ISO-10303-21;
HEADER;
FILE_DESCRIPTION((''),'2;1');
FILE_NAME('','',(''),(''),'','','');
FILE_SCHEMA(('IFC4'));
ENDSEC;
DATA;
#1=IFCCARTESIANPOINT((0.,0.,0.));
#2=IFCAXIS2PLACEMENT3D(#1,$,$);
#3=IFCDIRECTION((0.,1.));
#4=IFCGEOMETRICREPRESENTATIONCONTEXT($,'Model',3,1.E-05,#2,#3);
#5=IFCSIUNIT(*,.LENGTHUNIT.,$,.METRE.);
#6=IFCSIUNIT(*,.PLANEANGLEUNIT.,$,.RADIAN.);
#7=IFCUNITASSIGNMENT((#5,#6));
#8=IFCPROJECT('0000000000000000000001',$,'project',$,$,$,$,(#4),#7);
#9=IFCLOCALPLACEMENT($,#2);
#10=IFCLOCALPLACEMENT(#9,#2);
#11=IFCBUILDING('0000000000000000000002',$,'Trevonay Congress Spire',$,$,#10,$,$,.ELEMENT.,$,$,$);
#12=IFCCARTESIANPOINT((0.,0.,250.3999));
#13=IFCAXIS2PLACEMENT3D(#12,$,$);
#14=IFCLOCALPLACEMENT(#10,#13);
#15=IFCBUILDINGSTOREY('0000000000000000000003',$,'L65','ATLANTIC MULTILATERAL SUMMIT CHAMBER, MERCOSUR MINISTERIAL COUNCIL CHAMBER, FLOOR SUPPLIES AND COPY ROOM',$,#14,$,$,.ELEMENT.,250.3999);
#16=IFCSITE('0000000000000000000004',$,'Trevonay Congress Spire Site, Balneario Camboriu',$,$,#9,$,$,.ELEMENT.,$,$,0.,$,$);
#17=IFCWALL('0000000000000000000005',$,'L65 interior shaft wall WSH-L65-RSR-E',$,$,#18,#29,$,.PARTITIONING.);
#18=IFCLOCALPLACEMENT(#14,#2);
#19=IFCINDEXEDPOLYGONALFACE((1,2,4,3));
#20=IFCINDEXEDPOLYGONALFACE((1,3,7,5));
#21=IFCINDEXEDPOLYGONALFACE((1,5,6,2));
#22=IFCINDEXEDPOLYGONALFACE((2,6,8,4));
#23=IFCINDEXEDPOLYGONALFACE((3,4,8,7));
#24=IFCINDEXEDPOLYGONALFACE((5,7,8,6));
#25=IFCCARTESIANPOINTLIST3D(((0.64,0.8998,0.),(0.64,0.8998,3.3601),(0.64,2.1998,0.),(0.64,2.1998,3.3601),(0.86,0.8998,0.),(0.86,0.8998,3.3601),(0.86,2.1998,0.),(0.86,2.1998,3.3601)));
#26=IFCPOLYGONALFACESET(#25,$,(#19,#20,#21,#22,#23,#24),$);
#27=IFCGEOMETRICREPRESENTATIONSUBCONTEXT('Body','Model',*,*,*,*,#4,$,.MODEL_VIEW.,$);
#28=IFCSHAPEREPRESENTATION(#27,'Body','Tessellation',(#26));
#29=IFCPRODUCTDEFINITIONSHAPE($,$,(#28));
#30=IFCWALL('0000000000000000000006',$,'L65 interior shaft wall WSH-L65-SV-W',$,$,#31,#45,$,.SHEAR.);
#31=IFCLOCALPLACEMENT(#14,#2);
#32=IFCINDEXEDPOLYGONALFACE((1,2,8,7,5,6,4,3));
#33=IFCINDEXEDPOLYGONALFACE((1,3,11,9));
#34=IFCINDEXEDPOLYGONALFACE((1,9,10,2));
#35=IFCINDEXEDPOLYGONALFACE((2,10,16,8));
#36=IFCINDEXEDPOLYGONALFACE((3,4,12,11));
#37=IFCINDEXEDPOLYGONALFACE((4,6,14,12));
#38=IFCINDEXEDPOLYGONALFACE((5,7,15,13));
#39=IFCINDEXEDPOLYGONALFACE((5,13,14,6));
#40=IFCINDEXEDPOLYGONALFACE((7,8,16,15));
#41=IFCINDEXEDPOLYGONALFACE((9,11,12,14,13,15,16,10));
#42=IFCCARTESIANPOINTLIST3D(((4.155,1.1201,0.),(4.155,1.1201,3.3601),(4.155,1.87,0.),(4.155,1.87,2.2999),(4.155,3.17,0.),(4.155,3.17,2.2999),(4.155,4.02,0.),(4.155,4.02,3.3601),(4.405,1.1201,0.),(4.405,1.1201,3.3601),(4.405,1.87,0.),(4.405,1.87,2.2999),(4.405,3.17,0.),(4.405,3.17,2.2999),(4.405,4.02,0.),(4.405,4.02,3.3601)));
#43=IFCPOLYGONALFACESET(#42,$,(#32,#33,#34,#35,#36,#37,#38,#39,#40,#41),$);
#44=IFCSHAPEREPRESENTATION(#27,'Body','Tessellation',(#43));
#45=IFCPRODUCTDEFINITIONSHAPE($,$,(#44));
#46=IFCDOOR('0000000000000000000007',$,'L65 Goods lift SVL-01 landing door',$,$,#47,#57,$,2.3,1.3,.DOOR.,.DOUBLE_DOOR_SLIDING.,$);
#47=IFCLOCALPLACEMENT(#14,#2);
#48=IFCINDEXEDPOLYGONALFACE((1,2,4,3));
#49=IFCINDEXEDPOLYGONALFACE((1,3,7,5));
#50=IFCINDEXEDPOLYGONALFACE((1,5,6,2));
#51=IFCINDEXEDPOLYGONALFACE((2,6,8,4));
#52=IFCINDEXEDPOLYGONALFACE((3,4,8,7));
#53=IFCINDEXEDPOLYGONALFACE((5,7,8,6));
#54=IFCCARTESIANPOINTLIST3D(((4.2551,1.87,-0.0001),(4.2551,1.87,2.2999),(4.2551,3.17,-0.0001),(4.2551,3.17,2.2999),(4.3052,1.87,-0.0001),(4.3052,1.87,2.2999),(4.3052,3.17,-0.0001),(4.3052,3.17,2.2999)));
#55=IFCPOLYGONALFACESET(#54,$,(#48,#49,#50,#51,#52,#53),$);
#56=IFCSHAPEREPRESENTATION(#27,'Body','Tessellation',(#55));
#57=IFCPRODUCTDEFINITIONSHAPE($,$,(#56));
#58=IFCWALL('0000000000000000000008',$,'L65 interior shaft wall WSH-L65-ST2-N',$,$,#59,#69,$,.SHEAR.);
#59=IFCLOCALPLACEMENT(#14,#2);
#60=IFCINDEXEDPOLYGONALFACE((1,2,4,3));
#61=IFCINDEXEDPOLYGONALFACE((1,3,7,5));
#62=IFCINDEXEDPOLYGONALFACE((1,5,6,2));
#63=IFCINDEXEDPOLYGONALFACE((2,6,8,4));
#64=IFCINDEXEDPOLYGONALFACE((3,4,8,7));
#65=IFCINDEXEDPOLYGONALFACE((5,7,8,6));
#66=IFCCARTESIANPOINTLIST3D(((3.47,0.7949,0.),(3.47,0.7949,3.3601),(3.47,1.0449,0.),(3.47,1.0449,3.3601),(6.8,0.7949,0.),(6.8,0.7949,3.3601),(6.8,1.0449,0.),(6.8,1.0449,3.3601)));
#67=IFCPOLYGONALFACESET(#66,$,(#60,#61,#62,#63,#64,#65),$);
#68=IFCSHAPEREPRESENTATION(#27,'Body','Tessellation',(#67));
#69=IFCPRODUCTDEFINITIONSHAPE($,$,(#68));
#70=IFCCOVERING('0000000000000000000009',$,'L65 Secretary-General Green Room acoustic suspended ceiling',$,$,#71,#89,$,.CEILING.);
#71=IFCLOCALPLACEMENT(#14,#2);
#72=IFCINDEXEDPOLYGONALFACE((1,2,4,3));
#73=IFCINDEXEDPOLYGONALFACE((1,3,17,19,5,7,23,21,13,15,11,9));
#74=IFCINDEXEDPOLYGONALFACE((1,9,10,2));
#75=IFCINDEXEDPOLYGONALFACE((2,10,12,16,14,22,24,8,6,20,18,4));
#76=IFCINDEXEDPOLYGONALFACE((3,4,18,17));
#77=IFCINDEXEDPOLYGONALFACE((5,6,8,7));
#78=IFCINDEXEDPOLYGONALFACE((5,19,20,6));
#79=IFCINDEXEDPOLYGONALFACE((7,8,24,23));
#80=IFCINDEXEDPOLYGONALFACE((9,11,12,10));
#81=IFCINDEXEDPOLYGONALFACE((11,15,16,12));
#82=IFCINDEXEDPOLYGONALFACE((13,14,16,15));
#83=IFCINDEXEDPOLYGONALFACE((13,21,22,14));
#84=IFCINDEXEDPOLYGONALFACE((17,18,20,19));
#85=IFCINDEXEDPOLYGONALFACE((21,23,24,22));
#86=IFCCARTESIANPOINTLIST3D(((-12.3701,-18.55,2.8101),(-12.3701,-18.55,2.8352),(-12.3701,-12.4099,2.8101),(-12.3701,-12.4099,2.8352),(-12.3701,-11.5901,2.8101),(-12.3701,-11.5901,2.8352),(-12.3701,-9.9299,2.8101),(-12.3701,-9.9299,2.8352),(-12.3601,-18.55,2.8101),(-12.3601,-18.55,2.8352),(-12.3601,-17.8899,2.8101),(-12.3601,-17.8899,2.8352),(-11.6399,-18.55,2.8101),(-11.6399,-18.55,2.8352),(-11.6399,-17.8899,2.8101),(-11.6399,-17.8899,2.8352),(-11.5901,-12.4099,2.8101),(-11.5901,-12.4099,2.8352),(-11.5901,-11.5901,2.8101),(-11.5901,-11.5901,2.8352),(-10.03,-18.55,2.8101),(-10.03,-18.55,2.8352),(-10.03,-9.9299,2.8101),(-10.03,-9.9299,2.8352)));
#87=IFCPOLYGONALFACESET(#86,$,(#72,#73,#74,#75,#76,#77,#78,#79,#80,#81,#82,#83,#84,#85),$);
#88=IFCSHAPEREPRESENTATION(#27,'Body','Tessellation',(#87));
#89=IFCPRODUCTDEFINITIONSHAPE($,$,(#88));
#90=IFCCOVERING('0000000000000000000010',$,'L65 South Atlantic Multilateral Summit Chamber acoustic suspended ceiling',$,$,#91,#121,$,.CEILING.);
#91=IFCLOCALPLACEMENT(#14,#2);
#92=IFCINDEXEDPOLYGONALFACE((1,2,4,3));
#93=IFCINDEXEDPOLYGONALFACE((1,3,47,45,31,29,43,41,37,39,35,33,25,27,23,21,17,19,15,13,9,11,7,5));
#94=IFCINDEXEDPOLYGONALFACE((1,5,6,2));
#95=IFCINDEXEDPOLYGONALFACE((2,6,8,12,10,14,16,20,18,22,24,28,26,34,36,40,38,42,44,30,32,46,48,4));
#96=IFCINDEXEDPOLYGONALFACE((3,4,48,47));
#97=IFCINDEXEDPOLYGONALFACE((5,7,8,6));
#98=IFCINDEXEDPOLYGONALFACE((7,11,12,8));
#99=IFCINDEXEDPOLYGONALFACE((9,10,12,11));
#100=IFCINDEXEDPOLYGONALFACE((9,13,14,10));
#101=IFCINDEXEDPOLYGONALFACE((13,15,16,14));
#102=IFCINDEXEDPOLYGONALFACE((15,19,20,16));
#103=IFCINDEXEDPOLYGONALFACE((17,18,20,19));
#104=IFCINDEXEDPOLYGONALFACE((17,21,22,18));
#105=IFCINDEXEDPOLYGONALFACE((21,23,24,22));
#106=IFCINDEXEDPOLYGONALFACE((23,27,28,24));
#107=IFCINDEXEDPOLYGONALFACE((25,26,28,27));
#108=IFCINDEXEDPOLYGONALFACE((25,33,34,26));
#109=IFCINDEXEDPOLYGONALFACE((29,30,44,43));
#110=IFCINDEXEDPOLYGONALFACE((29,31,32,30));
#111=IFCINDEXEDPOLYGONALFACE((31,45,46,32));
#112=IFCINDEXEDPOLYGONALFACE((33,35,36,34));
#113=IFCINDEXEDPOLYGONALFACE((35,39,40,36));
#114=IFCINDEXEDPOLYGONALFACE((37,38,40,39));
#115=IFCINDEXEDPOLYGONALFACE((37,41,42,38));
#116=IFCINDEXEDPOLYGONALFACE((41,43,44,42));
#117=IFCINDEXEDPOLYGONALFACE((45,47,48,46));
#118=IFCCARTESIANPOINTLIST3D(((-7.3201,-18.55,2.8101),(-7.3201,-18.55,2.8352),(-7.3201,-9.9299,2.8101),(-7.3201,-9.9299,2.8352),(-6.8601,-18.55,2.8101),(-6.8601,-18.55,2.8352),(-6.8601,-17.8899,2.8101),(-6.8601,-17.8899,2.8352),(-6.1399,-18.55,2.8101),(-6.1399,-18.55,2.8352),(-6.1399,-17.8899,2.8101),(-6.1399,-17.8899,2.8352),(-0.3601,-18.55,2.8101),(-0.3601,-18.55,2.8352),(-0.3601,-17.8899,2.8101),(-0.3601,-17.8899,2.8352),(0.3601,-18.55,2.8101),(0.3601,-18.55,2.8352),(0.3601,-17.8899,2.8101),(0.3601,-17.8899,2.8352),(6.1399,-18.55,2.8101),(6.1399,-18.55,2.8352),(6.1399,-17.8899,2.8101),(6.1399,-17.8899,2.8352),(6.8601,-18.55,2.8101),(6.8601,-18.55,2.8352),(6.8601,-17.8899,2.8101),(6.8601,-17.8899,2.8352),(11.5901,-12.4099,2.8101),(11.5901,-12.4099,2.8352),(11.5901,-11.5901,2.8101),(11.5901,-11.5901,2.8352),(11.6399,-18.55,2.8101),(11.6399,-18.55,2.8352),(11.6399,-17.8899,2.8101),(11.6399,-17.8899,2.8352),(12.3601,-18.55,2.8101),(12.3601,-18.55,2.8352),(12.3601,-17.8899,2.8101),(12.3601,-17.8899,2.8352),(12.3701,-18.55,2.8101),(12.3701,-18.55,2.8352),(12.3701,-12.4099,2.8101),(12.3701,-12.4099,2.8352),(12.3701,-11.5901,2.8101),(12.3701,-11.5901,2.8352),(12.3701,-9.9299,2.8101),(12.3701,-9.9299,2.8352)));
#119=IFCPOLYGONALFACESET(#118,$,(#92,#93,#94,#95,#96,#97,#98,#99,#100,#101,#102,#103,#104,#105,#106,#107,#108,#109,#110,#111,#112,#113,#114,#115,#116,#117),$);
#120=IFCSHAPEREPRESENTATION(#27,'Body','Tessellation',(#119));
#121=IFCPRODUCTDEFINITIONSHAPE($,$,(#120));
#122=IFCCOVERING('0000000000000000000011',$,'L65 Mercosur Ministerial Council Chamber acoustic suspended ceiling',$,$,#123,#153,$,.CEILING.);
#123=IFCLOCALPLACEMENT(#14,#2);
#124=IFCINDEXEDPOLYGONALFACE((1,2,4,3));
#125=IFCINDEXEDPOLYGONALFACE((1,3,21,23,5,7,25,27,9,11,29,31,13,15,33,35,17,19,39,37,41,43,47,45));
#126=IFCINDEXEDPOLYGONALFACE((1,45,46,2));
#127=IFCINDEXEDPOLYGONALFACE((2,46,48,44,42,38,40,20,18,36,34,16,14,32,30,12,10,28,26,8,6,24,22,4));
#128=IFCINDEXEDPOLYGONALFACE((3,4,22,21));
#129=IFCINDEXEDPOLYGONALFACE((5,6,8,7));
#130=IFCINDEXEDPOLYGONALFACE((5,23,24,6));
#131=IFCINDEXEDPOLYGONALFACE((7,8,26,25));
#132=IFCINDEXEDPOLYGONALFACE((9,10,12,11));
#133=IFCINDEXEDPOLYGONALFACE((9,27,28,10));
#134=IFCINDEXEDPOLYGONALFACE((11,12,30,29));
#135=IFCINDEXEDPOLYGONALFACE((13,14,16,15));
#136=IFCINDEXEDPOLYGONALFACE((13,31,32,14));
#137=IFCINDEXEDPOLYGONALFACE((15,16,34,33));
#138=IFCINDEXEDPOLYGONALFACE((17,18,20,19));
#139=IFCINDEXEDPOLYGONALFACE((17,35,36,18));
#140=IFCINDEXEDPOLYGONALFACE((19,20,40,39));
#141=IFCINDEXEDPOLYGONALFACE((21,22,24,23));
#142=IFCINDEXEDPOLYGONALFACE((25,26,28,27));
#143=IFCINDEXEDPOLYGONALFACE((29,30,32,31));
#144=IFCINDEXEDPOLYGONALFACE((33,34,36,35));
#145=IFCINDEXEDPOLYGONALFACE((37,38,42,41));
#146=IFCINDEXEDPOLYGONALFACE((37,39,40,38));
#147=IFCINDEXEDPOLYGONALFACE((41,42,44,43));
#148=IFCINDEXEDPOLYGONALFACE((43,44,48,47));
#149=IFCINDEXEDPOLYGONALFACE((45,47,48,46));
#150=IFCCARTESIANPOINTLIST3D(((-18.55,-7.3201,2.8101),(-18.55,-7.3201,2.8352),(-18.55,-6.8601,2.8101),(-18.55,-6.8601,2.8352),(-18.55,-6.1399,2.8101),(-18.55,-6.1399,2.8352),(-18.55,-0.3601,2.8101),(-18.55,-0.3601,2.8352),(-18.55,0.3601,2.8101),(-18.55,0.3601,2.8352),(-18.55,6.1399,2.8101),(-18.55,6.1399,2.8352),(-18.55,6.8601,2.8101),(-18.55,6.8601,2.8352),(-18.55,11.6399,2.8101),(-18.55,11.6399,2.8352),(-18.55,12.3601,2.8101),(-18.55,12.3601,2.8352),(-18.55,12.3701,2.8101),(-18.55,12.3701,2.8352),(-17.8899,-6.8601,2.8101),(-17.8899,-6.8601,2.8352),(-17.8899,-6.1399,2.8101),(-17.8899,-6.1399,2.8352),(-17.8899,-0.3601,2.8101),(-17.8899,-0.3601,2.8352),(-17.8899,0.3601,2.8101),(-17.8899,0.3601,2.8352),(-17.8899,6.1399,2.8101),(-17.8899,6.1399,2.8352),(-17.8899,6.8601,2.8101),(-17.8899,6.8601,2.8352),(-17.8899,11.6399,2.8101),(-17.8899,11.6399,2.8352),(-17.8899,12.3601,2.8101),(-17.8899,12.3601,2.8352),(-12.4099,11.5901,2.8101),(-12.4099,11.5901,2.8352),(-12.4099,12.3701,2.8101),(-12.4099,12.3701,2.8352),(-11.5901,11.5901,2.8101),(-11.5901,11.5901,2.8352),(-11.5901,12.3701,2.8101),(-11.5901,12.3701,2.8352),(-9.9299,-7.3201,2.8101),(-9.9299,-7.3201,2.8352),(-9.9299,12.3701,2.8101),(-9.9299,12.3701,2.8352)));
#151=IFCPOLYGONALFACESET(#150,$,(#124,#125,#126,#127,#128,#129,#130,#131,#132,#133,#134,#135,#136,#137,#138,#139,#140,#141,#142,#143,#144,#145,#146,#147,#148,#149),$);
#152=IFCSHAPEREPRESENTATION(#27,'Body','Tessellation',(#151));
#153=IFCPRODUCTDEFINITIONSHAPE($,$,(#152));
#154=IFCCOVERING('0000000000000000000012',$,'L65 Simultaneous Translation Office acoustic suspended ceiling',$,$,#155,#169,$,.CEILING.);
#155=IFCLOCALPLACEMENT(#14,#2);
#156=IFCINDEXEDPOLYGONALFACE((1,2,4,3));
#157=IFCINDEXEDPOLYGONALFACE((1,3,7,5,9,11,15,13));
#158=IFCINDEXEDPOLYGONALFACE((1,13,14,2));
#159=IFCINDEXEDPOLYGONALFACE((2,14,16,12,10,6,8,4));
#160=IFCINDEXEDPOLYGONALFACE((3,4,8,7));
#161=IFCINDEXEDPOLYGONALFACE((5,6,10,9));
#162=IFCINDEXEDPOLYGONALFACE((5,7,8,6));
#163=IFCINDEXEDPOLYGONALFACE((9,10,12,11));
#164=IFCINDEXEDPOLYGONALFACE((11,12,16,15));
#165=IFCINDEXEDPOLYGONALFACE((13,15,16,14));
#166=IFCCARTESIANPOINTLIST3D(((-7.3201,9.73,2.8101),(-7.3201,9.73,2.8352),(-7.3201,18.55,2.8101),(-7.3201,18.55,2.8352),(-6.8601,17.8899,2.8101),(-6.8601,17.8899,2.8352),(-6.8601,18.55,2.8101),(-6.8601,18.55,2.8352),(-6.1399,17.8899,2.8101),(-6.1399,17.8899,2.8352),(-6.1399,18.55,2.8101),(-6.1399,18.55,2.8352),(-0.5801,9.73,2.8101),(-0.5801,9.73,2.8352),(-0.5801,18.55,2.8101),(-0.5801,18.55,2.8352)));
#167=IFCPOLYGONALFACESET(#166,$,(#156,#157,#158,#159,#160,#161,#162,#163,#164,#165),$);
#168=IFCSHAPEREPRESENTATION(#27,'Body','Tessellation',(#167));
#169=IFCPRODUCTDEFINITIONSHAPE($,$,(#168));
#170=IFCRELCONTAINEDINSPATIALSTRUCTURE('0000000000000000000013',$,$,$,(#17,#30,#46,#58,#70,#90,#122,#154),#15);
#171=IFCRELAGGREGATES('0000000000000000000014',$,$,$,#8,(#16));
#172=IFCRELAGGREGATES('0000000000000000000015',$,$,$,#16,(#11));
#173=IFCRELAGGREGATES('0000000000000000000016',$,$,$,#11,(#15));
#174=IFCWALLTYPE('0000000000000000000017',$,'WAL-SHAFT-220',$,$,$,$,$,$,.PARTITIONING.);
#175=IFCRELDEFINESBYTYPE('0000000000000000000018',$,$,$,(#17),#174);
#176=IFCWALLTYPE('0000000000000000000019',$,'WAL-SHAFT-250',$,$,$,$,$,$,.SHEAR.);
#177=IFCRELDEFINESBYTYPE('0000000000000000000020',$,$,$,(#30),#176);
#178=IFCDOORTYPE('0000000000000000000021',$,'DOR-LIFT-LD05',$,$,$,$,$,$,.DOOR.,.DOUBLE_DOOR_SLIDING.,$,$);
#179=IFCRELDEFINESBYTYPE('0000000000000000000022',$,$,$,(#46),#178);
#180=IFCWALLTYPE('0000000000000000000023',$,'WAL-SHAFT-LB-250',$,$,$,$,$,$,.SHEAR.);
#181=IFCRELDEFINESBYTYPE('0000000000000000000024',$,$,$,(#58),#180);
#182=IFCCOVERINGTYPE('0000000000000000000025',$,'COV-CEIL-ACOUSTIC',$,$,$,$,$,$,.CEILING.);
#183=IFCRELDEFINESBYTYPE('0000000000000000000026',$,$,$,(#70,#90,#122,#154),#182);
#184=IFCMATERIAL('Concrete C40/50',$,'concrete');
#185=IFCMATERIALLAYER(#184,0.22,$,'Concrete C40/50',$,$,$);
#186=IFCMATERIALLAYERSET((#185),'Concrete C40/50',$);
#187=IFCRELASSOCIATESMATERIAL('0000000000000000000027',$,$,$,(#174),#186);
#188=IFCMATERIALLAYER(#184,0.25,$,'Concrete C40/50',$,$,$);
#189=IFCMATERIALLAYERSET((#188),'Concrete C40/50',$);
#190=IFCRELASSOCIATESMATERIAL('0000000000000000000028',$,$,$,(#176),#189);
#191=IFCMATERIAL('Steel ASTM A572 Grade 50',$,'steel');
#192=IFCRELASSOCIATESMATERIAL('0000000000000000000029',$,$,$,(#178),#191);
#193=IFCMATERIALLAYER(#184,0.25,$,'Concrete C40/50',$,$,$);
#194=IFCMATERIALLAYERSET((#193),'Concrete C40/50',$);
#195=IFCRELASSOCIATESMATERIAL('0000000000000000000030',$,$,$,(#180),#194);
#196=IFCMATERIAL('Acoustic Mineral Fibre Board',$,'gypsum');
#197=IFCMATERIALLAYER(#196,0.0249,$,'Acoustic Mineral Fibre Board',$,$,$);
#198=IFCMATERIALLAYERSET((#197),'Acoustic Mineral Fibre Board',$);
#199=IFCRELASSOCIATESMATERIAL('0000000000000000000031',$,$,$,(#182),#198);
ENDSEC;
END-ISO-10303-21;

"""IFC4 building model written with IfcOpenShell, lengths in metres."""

from ifc_helpers import new_model, si_unit, direction, frame, frame_2d, origin, place, context, subcontext, project, spatial, polyline, rectangle, outline, extrude, material, layer, layer_set, type_object, element, fill, save


model = new_model("IFC4")

# Units and contexts
model_context = context("Model", 3, precision=1e-05, world=origin(), true_north=direction((0.0, 1.0)))
body_context = subcontext(model_context, "Body", "Model", "MODEL_VIEW")
ifc_project = project(units=[si_unit("LENGTHUNIT", "METRE"), si_unit("PLANEANGLEUNIT", "RADIAN")], contexts=[model_context])

# Site, building, storey
site_placement = place(None, origin())
site = spatial("IfcSite", under=ifc_project, at=site_placement, Name="Trevonay Congress Spire Site, Balneario Camboriu", CompositionType="ELEMENT", RefElevation=0.0)
building_placement = place(site_placement, origin())
building = spatial("IfcBuilding", under=site, at=building_placement, Name="Trevonay Congress Spire", CompositionType="ELEMENT")
storey_placement = place(building_placement, frame((0.0, 0.0, 250.3999)))
storey = spatial("IfcBuildingStorey", under=building, at=storey_placement, Name="L65", Description="ATLANTIC MULTILATERAL SUMMIT CHAMBER, MERCOSUR MINISTERIAL COUNCIL CHAMBER, FLOOR SUPPLIES AND COPY ROOM", CompositionType="ELEMENT", Elevation=250.3999)

# Wall
ifc_material_1 = material(Name="Concrete C40/50", Category="concrete")
ifc_layer_1 = layer(ifc_material_1, 0.22, Name="Concrete C40/50")
ifc_layer_set_1 = layer_set([ifc_layer_1], Name="Concrete C40/50")
wall_type_1 = type_object("IfcWallType", Name="WAL-SHAFT-220", PredefinedType="PARTITIONING", material=ifc_layer_set_1)
wall_1_placement = place(storey_placement, frame((0.75, 0.8999, 0.0), z_axis=(0.0, 0.0, 1.0), x_axis=(0.0, 1.0, 0.0)))
element("IfcWall", 1, at=wall_1_placement, inside=storey, type_object=wall_type_1, Name="L65 interior shaft wall WSH-L65-RSR-E", PredefinedType="PARTITIONING", context=body_context, shape_type="SweptSolid", body=[
    extrude(rectangle(XDim=1.3, YDim=0.22, at=frame_2d((0.6499, 0.0))), origin(), (0.0, 0.0, 1.0), 3.3601),
])

# Wall, opening, door
ifc_layer_2 = layer(ifc_material_1, 0.25, Name="Concrete C40/50")
ifc_layer_set_2 = layer_set([ifc_layer_2], Name="Concrete C40/50")
wall_type_2 = type_object("IfcWallType", Name="WAL-SHAFT-250", PredefinedType="SHEAR", material=ifc_layer_set_2)
wall_2_placement = place(storey_placement, frame((4.28, 1.1201, 0.0), z_axis=(0.0, 0.0, 1.0), x_axis=(0.0, 1.0, 0.0)))
wall_2 = element("IfcWall", 2, at=wall_2_placement, inside=storey, type_object=wall_type_2, Name="L65 interior shaft wall WSH-L65-SV-W", PredefinedType="SHEAR", context=body_context, shape_type="SweptSolid", body=[
    extrude(rectangle(XDim=2.8999, YDim=0.25, at=frame_2d((1.45, 0.0))), origin(), (0.0, 0.0, 1.0), 3.3601),
])
opening_placement = place(wall_2_placement, frame((0.75, 0.0, 0.0)))
opening = element("IfcOpeningElement", 3, at=opening_placement, cuts=wall_2, PredefinedType="OPENING", context=body_context, shape_type="SweptSolid", body=[
    extrude(rectangle(XDim=1.3, YDim=2.3, at=frame_2d((0.6499, 1.1499))), frame((0.0, 0.135, 0.0), z_axis=(0.0, -1.0, 0.0), x_axis=(1.0, 0.0, 0.0)), (0.0, 0.0, 1.0), 0.27),
])
ifc_material_2 = material(Name="Steel ASTM A572 Grade 50", Category="steel")
door_type = type_object("IfcDoorType", Name="DOR-LIFT-LD05", OperationType="DOUBLE_DOOR_SLIDING", PredefinedType="DOOR", material=ifc_material_2)
door_placement = place(opening_placement, origin())
door = element("IfcDoor", 4, at=door_placement, inside=storey, type_object=door_type, Name="L65 Goods lift SVL-01 landing door", OperationType="DOUBLE_DOOR_SLIDING", OverallHeight=2.3, OverallWidth=1.3, PredefinedType="DOOR", context=body_context, shape_type="SweptSolid", body=[
    extrude(rectangle(XDim=1.3, YDim=2.3, at=frame_2d((0.6499, 1.1499))), frame((0.0, 0.0249, 0.0), z_axis=(0.0, -1.0, 0.0), x_axis=(1.0, 0.0, 0.0)), (0.0, 0.0, 1.0), 0.05),
])
fill(opening, door)

# Wall
ifc_layer_3 = layer(ifc_material_1, 0.25, Name="Concrete C40/50")
ifc_layer_set_3 = layer_set([ifc_layer_3], Name="Concrete C40/50")
wall_type_3 = type_object("IfcWallType", Name="WAL-SHAFT-LB-250", PredefinedType="SHEAR", material=ifc_layer_set_3)
wall_3_placement = place(storey_placement, frame((3.47, 0.9199, 0.0), z_axis=(0.0, 0.0, 1.0), x_axis=(1.0, 0.0, 0.0)))
element("IfcWall", 5, at=wall_3_placement, inside=storey, type_object=wall_type_3, Name="L65 interior shaft wall WSH-L65-ST2-N", PredefinedType="SHEAR", context=body_context, shape_type="SweptSolid", body=[
    extrude(rectangle(XDim=3.3301, YDim=0.25, at=frame_2d((1.665, 0.0))), origin(), (0.0, 0.0, 1.0), 3.3601),
])

# Coverings
ifc_material_3 = material(Name="Acoustic Mineral Fibre Board", Category="gypsum")
ifc_layer_4 = layer(ifc_material_3, 0.0249, Name="Acoustic Mineral Fibre Board")
ifc_layer_set_4 = layer_set([ifc_layer_4], Name="Acoustic Mineral Fibre Board")
covering_type_1 = type_object("IfcCoveringType", Name="COV-CEIL-ACOUSTIC", PredefinedType="CEILING", material=ifc_layer_set_4)
covering_1_placement = place(storey_placement, frame((0.0, 0.0, 2.8101)))
element("IfcCovering", 6, at=covering_1_placement, inside=storey, type_object=covering_type_1, Name="L65 Secretary-General Green Room acoustic suspended ceiling", PredefinedType="CEILING", context=body_context, shape_type="SweptSolid", body=[
    extrude(outline(polyline([(-12.3701, -18.55), (-12.3701, -12.4099), (-11.5901, -12.4099), (-11.5901, -11.5901), (-12.3701, -11.5901), (-12.3701, -9.9299), (-10.03, -9.9299), (-10.03, -18.55), (-11.6399, -18.55), (-11.6399, -17.8899), (-12.3601, -17.8899), (-12.3601, -18.55), (-12.3701, -18.55)])), origin(), (0.0, 0.0, 1.0), 0.0251),
])
covering_2_placement = place(storey_placement, frame((0.0, 0.0, 2.8101)))
element("IfcCovering", 7, at=covering_2_placement, inside=storey, type_object=covering_type_1, Name="L65 South Atlantic Multilateral Summit Chamber acoustic suspended ceiling", PredefinedType="CEILING", context=body_context, shape_type="SweptSolid", body=[
    extrude(outline(polyline([(-7.3201, -18.55), (-7.3201, -9.9299), (12.3701, -9.9299), (12.3701, -11.5901), (11.5901, -11.5901), (11.5901, -12.4099), (12.3701, -12.4099), (12.3701, -18.55), (12.3601, -18.55), (12.3601, -17.8899), (11.6399, -17.8899), (11.6399, -18.55), (6.8601, -18.55), (6.8601, -17.8899), (6.1399, -17.8899), (6.1399, -18.55), (0.3601, -18.55), (0.3601, -17.8899), (-0.3601, -17.8899), (-0.3601, -18.55), (-6.1399, -18.55), (-6.1399, -17.8899), (-6.8601, -17.8899), (-6.8601, -18.55), (-7.3201, -18.55)])), origin(), (0.0, 0.0, 1.0), 0.0251),
])
covering_3_placement = place(storey_placement, frame((0.0, 0.0, 2.8101)))
element("IfcCovering", 8, at=covering_3_placement, inside=storey, type_object=covering_type_1, Name="L65 Mercosur Ministerial Council Chamber acoustic suspended ceiling", PredefinedType="CEILING", context=body_context, shape_type="SweptSolid", body=[
    extrude(outline(polyline([(-9.9299, 12.3701), (-9.9299, -7.3201), (-18.55, -7.3201), (-18.55, -6.8601), (-17.8899, -6.8601), (-17.8899, -6.1399), (-18.55, -6.1399), (-18.55, -0.3601), (-17.8899, -0.3601), (-17.8899, 0.3601), (-18.55, 0.3601), (-18.55, 6.1399), (-17.8899, 6.1399), (-17.8899, 6.8601), (-18.55, 6.8601), (-18.55, 11.6399), (-17.8899, 11.6399), (-17.8899, 12.3601), (-18.55, 12.3601), (-18.55, 12.3701), (-12.4099, 12.3701), (-12.4099, 11.5901), (-11.5901, 11.5901), (-11.5901, 12.3701), (-9.9299, 12.3701)])), origin(), (0.0, 0.0, 1.0), 0.0251),
])
covering_4_placement = place(storey_placement, frame((0.0, 0.0, 2.8101)))
element("IfcCovering", 9, at=covering_4_placement, inside=storey, type_object=covering_type_1, Name="L65 Simultaneous Translation Office acoustic suspended ceiling", PredefinedType="CEILING", context=body_context, shape_type="SweptSolid", body=[
    extrude(outline(polyline([(-0.5801, 18.55), (-0.5801, 9.73), (-7.3201, 9.73), (-7.3201, 18.55), (-6.8601, 18.55), (-6.8601, 17.8899), (-6.1399, 17.8899), (-6.1399, 18.55), (-0.5801, 18.55)])), origin(), (0.0, 0.0, 1.0), 0.0251),
])

save(model, "model.ifc")
